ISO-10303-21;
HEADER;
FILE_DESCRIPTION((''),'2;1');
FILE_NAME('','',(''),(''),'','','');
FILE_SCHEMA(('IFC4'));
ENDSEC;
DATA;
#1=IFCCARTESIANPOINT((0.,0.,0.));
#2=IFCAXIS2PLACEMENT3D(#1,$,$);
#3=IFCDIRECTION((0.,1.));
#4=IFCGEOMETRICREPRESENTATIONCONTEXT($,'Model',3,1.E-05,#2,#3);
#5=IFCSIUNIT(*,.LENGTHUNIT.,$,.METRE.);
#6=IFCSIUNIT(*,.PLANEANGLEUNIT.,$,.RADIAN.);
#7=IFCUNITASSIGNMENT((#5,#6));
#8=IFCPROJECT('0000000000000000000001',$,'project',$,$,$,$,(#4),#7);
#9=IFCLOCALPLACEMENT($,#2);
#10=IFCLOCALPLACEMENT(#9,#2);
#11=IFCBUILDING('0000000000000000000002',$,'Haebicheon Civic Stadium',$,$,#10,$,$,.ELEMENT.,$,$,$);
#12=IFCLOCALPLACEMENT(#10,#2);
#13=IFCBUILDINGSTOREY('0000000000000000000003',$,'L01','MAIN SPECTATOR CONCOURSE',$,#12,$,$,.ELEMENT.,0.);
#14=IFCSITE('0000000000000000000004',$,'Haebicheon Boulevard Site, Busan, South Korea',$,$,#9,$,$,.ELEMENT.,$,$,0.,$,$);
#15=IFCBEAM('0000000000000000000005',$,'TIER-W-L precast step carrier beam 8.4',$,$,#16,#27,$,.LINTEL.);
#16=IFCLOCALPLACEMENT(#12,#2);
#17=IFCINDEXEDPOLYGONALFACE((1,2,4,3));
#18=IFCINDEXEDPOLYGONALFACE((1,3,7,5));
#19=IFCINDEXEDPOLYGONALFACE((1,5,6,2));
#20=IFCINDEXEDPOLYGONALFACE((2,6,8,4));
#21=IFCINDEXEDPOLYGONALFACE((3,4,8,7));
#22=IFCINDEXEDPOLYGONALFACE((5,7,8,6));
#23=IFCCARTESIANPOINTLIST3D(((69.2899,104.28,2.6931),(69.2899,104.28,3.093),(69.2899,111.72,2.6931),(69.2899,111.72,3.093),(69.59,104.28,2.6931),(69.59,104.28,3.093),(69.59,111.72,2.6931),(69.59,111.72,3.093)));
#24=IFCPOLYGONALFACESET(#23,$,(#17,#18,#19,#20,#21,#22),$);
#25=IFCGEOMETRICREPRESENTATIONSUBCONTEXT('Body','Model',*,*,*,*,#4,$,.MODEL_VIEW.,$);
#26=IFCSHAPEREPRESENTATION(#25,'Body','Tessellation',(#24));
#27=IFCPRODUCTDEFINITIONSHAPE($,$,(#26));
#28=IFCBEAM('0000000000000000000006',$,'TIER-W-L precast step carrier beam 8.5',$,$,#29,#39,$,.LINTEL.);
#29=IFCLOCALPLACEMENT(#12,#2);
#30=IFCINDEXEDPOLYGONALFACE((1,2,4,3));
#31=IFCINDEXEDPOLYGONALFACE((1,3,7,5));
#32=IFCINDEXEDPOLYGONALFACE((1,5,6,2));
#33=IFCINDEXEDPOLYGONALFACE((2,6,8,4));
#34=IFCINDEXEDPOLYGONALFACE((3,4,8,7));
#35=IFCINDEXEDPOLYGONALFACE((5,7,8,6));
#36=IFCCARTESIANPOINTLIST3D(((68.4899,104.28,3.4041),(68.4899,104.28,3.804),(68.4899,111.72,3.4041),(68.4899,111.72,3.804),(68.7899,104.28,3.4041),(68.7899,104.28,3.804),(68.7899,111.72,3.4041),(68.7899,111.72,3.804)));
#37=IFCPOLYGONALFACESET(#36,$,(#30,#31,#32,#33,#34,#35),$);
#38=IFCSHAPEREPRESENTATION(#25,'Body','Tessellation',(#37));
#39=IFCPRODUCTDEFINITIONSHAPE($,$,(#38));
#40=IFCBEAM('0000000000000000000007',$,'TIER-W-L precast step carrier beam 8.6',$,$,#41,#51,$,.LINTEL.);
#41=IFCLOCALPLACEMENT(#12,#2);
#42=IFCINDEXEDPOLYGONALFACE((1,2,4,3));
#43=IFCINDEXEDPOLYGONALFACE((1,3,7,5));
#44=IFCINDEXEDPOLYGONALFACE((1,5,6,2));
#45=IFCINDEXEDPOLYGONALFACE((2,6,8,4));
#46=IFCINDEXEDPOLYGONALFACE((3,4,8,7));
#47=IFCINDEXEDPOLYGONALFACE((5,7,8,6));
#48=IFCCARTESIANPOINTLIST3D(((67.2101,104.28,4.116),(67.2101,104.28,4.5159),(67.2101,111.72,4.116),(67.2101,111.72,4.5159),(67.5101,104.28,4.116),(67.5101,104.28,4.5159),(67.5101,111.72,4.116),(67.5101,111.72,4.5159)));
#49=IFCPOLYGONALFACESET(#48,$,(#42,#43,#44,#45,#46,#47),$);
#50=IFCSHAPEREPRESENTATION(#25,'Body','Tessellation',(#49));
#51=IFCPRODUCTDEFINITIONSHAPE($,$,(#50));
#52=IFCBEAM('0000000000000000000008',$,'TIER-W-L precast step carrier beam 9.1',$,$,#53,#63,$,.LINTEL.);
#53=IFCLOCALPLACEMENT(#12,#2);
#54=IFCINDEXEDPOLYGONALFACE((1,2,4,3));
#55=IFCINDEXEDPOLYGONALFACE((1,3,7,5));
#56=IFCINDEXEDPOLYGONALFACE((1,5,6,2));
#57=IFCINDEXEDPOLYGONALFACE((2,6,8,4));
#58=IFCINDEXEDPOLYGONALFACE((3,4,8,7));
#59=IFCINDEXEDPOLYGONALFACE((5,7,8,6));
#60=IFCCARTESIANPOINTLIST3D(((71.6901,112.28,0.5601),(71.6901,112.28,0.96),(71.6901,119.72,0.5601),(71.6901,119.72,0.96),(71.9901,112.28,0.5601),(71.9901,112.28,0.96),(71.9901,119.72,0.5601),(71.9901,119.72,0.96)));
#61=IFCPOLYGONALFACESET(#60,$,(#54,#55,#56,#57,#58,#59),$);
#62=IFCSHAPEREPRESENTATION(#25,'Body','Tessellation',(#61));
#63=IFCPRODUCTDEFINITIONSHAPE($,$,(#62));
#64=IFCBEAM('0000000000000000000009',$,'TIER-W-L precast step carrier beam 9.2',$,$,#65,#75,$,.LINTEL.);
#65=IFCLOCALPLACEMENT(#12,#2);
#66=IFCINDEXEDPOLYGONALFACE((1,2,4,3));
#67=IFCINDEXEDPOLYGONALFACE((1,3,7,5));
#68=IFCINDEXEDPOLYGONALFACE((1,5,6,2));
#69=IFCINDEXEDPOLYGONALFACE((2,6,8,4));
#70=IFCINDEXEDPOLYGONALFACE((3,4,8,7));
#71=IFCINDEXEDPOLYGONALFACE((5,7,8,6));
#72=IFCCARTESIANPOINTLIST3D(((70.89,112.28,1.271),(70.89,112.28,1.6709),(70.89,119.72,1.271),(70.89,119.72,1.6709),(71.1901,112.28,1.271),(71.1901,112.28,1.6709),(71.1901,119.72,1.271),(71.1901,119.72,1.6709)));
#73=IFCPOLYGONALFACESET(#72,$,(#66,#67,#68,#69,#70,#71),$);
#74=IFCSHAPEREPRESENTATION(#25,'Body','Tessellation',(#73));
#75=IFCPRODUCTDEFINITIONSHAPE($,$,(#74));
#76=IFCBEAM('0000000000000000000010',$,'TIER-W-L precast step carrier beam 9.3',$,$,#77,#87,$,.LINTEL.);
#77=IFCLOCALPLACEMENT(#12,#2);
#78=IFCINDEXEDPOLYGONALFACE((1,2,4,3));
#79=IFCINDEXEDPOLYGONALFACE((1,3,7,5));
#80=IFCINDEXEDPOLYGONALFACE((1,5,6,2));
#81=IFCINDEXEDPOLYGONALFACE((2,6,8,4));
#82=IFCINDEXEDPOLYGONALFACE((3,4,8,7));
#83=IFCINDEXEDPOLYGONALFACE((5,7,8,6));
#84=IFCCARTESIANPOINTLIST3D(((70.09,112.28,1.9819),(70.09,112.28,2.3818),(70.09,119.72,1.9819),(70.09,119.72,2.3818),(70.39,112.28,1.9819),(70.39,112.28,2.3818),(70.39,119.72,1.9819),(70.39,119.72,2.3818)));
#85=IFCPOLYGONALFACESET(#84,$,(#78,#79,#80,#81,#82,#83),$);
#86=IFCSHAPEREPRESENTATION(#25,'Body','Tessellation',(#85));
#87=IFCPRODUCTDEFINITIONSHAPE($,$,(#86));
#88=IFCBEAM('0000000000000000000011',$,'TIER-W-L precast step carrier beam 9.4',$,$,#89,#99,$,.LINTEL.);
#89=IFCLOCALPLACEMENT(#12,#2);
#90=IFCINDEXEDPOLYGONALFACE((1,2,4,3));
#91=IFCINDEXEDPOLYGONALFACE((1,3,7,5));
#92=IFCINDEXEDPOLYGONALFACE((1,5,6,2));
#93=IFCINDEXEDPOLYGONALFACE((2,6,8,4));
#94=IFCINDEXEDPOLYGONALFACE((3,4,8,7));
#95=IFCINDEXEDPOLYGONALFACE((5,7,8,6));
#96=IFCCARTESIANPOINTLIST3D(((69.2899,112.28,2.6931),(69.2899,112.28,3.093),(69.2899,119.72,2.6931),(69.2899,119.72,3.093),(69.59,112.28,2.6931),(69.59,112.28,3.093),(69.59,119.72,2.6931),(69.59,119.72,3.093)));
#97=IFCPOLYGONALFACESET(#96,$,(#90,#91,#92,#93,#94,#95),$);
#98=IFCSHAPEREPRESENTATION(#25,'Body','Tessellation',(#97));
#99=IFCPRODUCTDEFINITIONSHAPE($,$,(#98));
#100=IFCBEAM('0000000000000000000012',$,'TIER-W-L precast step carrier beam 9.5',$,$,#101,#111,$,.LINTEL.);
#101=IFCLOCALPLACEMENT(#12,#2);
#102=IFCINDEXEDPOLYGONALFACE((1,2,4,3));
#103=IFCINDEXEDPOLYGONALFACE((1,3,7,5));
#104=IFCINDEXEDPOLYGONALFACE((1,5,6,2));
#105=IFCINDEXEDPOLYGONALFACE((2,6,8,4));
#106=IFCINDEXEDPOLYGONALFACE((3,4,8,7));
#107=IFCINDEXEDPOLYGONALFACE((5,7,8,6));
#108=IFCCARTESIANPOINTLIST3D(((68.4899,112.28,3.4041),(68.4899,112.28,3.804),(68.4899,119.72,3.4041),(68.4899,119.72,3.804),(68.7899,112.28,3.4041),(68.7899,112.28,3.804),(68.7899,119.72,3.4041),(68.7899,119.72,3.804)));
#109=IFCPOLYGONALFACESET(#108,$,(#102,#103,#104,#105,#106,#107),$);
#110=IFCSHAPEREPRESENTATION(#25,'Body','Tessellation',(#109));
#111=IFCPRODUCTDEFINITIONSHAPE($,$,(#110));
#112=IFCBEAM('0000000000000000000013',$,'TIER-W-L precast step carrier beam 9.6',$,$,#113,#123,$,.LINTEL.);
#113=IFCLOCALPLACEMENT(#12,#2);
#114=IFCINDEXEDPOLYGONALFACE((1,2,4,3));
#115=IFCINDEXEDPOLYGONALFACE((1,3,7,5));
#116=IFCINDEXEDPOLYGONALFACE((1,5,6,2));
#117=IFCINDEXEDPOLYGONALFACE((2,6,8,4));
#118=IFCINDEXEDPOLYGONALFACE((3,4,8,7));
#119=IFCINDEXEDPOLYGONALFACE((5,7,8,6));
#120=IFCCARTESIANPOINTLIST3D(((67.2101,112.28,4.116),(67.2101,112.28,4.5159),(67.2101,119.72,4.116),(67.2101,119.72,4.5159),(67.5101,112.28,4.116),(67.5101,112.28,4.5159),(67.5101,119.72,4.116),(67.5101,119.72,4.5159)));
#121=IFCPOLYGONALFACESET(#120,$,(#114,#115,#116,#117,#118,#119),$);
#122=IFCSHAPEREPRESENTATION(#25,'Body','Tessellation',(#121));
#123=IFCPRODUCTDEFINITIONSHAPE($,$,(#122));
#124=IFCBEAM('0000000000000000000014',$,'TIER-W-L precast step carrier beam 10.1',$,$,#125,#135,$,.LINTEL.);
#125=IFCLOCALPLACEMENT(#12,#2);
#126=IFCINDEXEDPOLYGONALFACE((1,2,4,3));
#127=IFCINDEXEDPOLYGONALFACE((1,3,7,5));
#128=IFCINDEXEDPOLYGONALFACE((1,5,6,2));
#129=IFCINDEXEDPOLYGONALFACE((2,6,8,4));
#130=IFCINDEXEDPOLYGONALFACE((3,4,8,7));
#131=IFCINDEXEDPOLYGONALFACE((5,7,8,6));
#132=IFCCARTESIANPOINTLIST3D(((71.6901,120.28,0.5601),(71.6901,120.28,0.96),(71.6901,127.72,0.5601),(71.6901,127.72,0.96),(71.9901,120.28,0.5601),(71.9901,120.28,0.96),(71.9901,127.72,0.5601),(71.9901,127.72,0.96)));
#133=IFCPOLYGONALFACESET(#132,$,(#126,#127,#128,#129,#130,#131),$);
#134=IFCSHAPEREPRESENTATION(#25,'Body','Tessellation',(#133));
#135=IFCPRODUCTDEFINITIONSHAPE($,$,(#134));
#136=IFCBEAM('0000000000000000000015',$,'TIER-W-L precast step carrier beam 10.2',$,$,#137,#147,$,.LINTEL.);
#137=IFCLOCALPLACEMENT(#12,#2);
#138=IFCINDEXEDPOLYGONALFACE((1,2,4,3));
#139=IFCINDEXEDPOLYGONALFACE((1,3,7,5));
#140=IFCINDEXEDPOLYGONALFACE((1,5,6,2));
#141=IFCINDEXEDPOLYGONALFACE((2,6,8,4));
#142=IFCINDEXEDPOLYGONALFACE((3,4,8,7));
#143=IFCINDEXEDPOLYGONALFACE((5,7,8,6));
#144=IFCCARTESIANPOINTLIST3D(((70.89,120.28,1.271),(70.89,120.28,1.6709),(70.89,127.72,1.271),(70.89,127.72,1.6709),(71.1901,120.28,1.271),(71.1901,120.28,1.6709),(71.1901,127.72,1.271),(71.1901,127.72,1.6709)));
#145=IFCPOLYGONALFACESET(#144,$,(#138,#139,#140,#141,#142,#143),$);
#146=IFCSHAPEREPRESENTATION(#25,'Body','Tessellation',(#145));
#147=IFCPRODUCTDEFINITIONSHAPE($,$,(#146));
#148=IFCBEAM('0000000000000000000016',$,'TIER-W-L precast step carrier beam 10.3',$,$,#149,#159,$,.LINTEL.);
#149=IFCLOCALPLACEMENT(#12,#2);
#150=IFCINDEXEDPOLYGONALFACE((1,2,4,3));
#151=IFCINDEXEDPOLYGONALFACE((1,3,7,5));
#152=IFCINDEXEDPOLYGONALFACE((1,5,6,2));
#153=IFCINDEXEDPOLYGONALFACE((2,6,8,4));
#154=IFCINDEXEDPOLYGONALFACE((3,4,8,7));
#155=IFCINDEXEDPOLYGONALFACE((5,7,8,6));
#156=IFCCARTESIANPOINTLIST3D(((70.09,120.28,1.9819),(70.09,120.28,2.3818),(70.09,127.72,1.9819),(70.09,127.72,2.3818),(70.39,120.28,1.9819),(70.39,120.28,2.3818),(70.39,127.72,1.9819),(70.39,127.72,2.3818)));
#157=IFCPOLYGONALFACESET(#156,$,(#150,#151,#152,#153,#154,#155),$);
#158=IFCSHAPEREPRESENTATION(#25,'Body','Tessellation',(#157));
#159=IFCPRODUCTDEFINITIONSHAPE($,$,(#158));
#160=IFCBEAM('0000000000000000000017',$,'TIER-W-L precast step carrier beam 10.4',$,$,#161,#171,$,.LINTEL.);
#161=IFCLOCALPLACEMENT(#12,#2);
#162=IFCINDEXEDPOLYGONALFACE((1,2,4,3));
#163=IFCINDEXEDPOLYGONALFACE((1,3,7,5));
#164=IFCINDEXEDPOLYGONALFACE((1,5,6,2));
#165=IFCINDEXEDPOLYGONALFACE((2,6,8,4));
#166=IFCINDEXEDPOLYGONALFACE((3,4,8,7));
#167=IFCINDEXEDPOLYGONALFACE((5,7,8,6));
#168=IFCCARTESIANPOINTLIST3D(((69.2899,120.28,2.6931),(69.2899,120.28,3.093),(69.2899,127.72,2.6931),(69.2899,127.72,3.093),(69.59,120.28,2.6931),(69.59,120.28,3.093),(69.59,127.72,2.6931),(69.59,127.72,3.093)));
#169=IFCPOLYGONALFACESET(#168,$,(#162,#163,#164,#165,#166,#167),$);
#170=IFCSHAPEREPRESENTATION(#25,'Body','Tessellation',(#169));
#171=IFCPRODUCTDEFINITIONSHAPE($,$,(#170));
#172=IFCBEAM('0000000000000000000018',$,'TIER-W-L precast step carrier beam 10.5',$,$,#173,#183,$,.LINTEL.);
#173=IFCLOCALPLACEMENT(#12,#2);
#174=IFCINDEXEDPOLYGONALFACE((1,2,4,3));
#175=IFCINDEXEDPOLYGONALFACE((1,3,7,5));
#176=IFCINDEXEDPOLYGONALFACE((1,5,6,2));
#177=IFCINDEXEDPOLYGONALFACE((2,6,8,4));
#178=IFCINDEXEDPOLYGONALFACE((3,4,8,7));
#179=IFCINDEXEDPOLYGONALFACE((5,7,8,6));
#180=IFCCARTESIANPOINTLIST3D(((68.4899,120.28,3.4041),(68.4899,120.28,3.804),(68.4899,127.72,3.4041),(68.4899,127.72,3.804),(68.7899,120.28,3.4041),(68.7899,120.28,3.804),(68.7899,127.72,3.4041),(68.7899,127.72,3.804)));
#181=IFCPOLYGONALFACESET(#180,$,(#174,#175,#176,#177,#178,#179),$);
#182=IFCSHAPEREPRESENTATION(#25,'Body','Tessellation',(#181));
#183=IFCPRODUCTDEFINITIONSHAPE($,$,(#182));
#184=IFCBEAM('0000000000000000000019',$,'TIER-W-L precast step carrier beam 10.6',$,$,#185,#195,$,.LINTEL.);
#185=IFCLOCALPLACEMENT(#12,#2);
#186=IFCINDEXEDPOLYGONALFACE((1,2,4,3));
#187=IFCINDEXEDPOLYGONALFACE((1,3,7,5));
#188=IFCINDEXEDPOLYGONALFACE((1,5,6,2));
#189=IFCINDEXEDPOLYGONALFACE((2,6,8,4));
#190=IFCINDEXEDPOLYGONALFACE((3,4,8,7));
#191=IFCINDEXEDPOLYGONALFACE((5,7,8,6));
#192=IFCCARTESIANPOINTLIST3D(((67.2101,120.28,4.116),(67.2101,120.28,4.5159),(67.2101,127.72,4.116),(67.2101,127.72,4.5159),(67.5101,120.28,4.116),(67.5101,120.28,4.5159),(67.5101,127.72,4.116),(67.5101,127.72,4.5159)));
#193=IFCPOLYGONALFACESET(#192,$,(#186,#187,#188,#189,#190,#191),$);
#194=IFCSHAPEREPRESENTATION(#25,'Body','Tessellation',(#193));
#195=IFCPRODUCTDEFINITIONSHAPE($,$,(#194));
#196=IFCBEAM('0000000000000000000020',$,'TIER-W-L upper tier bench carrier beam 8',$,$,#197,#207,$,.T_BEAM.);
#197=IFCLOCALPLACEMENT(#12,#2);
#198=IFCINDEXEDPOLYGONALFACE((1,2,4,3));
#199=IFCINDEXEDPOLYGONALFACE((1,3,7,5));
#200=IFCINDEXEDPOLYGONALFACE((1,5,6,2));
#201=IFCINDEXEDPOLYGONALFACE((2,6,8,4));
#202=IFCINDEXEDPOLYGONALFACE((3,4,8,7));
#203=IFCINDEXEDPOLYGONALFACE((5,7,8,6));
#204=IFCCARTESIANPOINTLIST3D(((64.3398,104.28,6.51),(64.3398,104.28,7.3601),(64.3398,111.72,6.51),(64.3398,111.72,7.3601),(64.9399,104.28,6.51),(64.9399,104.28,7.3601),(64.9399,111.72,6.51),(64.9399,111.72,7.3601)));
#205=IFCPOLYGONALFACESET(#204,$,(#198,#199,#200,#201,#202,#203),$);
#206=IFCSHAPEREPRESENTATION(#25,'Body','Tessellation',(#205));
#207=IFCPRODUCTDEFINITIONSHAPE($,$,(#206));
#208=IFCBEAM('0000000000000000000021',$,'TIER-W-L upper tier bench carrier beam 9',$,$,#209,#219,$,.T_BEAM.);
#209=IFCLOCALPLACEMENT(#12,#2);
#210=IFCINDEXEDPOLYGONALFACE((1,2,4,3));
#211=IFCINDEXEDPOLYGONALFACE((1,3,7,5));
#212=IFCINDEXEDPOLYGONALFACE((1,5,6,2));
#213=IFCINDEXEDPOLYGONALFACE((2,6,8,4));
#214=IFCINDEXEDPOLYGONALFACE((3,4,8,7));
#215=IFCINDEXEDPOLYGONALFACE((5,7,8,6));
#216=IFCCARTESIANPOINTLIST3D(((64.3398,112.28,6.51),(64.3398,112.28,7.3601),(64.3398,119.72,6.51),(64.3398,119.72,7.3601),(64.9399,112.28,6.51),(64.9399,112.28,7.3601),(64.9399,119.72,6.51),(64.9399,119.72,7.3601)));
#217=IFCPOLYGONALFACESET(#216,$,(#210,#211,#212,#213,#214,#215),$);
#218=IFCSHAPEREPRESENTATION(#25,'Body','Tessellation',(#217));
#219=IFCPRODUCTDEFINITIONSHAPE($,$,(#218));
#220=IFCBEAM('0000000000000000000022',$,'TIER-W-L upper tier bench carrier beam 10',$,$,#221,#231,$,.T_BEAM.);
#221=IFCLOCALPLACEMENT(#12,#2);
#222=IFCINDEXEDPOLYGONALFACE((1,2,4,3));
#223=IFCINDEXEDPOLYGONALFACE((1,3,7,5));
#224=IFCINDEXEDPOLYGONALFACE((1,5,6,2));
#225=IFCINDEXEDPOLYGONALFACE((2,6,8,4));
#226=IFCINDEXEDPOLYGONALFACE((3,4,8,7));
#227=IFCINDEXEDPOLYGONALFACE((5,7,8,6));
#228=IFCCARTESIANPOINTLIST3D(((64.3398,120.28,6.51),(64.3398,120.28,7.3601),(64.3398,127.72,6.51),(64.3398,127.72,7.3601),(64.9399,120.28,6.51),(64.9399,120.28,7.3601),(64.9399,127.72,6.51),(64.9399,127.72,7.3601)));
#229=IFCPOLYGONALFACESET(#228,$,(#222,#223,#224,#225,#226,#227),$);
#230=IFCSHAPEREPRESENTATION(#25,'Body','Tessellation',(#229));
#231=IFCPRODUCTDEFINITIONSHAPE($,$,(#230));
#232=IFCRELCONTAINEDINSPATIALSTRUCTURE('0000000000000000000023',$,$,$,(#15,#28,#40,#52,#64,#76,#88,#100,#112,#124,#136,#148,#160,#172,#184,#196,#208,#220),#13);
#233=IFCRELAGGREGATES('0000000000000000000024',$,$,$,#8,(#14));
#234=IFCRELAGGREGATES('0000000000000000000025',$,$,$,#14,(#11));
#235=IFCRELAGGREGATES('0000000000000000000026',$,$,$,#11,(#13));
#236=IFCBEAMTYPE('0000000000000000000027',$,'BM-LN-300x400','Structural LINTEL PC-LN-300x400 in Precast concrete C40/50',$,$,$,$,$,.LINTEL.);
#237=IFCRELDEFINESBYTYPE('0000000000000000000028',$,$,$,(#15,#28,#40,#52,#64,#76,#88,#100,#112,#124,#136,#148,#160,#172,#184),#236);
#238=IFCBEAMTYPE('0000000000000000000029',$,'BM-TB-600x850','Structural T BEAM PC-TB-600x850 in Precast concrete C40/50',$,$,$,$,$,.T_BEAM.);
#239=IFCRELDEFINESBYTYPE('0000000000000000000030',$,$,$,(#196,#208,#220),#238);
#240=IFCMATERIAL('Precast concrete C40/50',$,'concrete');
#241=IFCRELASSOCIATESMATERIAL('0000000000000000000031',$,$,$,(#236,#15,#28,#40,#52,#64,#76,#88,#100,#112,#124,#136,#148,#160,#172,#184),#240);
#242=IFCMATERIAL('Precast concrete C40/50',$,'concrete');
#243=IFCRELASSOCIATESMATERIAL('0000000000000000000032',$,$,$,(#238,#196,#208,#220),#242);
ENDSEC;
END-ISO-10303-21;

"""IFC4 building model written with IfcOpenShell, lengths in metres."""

from ifc_helpers import new_model, si_unit, direction, frame, origin, origin_2d, place, context, subcontext, project, spatial, rectangle, extrude, material, material_profile, profile_set, type_object, element, save


model = new_model("IFC4")

# Units and contexts
model_context = context("Model", 3, precision=1e-05, world=origin(), true_north=direction((0.0, 1.0)))
body_context = subcontext(model_context, "Body", "Model", "MODEL_VIEW")
ifc_project = project(units=[si_unit("LENGTHUNIT", "METRE"), si_unit("PLANEANGLEUNIT", "RADIAN")], contexts=[model_context])

# Site, building, storey
site_placement = place(None, origin())
site = spatial("IfcSite", under=ifc_project, at=site_placement, Name="Haebicheon Boulevard Site, Busan, South Korea", CompositionType="ELEMENT", RefElevation=0.0)
building_placement = place(site_placement, origin())
building = spatial("IfcBuilding", under=site, at=building_placement, Name="Haebicheon Civic Stadium", CompositionType="ELEMENT")
storey_placement = place(building_placement, origin())
storey = spatial("IfcBuildingStorey", under=building, at=storey_placement, Name="L01", Description="MAIN SPECTATOR CONCOURSE", CompositionType="ELEMENT", Elevation=0.0)

# Beams
ifc_material_1 = material(Name="Precast concrete C40/50", Category="concrete")
ifc_material_profile_1 = material_profile(ifc_material_1, rectangle(XDim=0.3, YDim=0.3999, at=origin_2d()), Name="PC-LN-300x400")
ifc_profile_set_1 = profile_set([ifc_material_profile_1], Name="Precast concrete C40/50")
beam_type_1 = type_object("IfcBeamType", Name="BM-LN-300x400", Description="Structural LINTEL PC-LN-300x400 in Precast concrete C40/50", PredefinedType="LINTEL", material=ifc_profile_set_1)
for number, where, z_axis, x_axis, name in (
    (1, (69.4399, 104.28, 2.8931), (0.0, 1.0, 0.0), (-1.0, 0.0, 0.0), "TIER-W-L precast step carrier beam 8.4"),
    (2, (68.6399, 104.28, 3.604), (0.0, 1.0, 0.0), (-1.0, 0.0, 0.0), "TIER-W-L precast step carrier beam 8.5"),
    (3, (67.3601, 104.28, 4.3159), (0.0, 1.0, 0.0), (-1.0, 0.0, 0.0), "TIER-W-L precast step carrier beam 8.6"),
    (4, (71.8401, 112.28, 0.76), (0.0, 1.0, 0.0), (-1.0, 0.0, 0.0), "TIER-W-L precast step carrier beam 9.1"),
    (5, (71.04, 112.28, 1.4709), (0.0, 1.0, 0.0), (-1.0, 0.0, 0.0), "TIER-W-L precast step carrier beam 9.2"),
    (6, (70.24, 112.28, 2.1819), (0.0, 1.0, 0.0), (-1.0, 0.0, 0.0), "TIER-W-L precast step carrier beam 9.3"),
    (7, (69.4399, 112.28, 2.8931), (0.0, 1.0, 0.0), (-1.0, 0.0, 0.0), "TIER-W-L precast step carrier beam 9.4"),
    (8, (68.6399, 112.28, 3.604), (0.0, 1.0, 0.0), (-1.0, 0.0, 0.0), "TIER-W-L precast step carrier beam 9.5"),
    (9, (67.3601, 112.28, 4.3159), (0.0, 1.0, 0.0), (-1.0, 0.0, 0.0), "TIER-W-L precast step carrier beam 9.6"),
    (10, (71.8401, 120.28, 0.76), (0.0, 1.0, 0.0), (-1.0, 0.0, 0.0), "TIER-W-L precast step carrier beam 10.1"),
    (11, (71.04, 120.28, 1.4709), (0.0, 1.0, 0.0), (-1.0, 0.0, 0.0), "TIER-W-L precast step carrier beam 10.2"),
    (12, (70.24, 120.28, 2.1819), (0.0, 1.0, 0.0), (-1.0, 0.0, 0.0), "TIER-W-L precast step carrier beam 10.3"),
    (13, (69.4399, 120.28, 2.8931), (0.0, 1.0, 0.0), (-1.0, 0.0, 0.0), "TIER-W-L precast step carrier beam 10.4"),
    (14, (68.6399, 120.28, 3.604), (0.0, 1.0, 0.0), (-1.0, 0.0, 0.0), "TIER-W-L precast step carrier beam 10.5"),
    (15, (67.3601, 120.28, 4.3159), (0.0, 1.0, 0.0), (-1.0, 0.0, 0.0), "TIER-W-L precast step carrier beam 10.6"),
):
    element("IfcBeam", number, at=place(storey_placement, frame(where, z_axis=z_axis, x_axis=x_axis)), inside=storey, type_object=beam_type_1, material=ifc_profile_set_1, Name=name, PredefinedType="LINTEL", context=body_context, shape_type="SweptSolid", body=[
        extrude(rectangle(XDim=0.3, YDim=0.3999, at=origin_2d()), origin(), (0.0, 0.0, 1.0), 7.4399),
    ])
ifc_material_2 = material(Name="Precast concrete C40/50", Category="concrete")
ifc_material_profile_2 = material_profile(ifc_material_2, rectangle(XDim=0.6001, YDim=0.8501, at=origin_2d()), Name="PC-TB-600x850")
ifc_profile_set_2 = profile_set([ifc_material_profile_2], Name="Precast concrete C40/50")
beam_type_2 = type_object("IfcBeamType", Name="BM-TB-600x850", Description="Structural T BEAM PC-TB-600x850 in Precast concrete C40/50", PredefinedType="T_BEAM", material=ifc_profile_set_2)
for number, where, z_axis, x_axis, name in (
    (16, (64.6399, 104.28, 6.9351), (0.0, 1.0, 0.0), (-1.0, 0.0, 0.0), "TIER-W-L upper tier bench carrier beam 8"),
    (17, (64.6399, 112.28, 6.9351), (0.0, 1.0, 0.0), (-1.0, 0.0, 0.0), "TIER-W-L upper tier bench carrier beam 9"),
    (18, (64.6399, 120.28, 6.9351), (0.0, 1.0, 0.0), (-1.0, 0.0, 0.0), "TIER-W-L upper tier bench carrier beam 10"),
):
    element("IfcBeam", number, at=place(storey_placement, frame(where, z_axis=z_axis, x_axis=x_axis)), inside=storey, type_object=beam_type_2, material=ifc_profile_set_2, Name=name, PredefinedType="T_BEAM", context=body_context, shape_type="SweptSolid", body=[
        extrude(rectangle(XDim=0.6001, YDim=0.8501, at=origin_2d()), origin(), (0.0, 0.0, 1.0), 7.4399),
    ])

save(model, "model.ifc")
